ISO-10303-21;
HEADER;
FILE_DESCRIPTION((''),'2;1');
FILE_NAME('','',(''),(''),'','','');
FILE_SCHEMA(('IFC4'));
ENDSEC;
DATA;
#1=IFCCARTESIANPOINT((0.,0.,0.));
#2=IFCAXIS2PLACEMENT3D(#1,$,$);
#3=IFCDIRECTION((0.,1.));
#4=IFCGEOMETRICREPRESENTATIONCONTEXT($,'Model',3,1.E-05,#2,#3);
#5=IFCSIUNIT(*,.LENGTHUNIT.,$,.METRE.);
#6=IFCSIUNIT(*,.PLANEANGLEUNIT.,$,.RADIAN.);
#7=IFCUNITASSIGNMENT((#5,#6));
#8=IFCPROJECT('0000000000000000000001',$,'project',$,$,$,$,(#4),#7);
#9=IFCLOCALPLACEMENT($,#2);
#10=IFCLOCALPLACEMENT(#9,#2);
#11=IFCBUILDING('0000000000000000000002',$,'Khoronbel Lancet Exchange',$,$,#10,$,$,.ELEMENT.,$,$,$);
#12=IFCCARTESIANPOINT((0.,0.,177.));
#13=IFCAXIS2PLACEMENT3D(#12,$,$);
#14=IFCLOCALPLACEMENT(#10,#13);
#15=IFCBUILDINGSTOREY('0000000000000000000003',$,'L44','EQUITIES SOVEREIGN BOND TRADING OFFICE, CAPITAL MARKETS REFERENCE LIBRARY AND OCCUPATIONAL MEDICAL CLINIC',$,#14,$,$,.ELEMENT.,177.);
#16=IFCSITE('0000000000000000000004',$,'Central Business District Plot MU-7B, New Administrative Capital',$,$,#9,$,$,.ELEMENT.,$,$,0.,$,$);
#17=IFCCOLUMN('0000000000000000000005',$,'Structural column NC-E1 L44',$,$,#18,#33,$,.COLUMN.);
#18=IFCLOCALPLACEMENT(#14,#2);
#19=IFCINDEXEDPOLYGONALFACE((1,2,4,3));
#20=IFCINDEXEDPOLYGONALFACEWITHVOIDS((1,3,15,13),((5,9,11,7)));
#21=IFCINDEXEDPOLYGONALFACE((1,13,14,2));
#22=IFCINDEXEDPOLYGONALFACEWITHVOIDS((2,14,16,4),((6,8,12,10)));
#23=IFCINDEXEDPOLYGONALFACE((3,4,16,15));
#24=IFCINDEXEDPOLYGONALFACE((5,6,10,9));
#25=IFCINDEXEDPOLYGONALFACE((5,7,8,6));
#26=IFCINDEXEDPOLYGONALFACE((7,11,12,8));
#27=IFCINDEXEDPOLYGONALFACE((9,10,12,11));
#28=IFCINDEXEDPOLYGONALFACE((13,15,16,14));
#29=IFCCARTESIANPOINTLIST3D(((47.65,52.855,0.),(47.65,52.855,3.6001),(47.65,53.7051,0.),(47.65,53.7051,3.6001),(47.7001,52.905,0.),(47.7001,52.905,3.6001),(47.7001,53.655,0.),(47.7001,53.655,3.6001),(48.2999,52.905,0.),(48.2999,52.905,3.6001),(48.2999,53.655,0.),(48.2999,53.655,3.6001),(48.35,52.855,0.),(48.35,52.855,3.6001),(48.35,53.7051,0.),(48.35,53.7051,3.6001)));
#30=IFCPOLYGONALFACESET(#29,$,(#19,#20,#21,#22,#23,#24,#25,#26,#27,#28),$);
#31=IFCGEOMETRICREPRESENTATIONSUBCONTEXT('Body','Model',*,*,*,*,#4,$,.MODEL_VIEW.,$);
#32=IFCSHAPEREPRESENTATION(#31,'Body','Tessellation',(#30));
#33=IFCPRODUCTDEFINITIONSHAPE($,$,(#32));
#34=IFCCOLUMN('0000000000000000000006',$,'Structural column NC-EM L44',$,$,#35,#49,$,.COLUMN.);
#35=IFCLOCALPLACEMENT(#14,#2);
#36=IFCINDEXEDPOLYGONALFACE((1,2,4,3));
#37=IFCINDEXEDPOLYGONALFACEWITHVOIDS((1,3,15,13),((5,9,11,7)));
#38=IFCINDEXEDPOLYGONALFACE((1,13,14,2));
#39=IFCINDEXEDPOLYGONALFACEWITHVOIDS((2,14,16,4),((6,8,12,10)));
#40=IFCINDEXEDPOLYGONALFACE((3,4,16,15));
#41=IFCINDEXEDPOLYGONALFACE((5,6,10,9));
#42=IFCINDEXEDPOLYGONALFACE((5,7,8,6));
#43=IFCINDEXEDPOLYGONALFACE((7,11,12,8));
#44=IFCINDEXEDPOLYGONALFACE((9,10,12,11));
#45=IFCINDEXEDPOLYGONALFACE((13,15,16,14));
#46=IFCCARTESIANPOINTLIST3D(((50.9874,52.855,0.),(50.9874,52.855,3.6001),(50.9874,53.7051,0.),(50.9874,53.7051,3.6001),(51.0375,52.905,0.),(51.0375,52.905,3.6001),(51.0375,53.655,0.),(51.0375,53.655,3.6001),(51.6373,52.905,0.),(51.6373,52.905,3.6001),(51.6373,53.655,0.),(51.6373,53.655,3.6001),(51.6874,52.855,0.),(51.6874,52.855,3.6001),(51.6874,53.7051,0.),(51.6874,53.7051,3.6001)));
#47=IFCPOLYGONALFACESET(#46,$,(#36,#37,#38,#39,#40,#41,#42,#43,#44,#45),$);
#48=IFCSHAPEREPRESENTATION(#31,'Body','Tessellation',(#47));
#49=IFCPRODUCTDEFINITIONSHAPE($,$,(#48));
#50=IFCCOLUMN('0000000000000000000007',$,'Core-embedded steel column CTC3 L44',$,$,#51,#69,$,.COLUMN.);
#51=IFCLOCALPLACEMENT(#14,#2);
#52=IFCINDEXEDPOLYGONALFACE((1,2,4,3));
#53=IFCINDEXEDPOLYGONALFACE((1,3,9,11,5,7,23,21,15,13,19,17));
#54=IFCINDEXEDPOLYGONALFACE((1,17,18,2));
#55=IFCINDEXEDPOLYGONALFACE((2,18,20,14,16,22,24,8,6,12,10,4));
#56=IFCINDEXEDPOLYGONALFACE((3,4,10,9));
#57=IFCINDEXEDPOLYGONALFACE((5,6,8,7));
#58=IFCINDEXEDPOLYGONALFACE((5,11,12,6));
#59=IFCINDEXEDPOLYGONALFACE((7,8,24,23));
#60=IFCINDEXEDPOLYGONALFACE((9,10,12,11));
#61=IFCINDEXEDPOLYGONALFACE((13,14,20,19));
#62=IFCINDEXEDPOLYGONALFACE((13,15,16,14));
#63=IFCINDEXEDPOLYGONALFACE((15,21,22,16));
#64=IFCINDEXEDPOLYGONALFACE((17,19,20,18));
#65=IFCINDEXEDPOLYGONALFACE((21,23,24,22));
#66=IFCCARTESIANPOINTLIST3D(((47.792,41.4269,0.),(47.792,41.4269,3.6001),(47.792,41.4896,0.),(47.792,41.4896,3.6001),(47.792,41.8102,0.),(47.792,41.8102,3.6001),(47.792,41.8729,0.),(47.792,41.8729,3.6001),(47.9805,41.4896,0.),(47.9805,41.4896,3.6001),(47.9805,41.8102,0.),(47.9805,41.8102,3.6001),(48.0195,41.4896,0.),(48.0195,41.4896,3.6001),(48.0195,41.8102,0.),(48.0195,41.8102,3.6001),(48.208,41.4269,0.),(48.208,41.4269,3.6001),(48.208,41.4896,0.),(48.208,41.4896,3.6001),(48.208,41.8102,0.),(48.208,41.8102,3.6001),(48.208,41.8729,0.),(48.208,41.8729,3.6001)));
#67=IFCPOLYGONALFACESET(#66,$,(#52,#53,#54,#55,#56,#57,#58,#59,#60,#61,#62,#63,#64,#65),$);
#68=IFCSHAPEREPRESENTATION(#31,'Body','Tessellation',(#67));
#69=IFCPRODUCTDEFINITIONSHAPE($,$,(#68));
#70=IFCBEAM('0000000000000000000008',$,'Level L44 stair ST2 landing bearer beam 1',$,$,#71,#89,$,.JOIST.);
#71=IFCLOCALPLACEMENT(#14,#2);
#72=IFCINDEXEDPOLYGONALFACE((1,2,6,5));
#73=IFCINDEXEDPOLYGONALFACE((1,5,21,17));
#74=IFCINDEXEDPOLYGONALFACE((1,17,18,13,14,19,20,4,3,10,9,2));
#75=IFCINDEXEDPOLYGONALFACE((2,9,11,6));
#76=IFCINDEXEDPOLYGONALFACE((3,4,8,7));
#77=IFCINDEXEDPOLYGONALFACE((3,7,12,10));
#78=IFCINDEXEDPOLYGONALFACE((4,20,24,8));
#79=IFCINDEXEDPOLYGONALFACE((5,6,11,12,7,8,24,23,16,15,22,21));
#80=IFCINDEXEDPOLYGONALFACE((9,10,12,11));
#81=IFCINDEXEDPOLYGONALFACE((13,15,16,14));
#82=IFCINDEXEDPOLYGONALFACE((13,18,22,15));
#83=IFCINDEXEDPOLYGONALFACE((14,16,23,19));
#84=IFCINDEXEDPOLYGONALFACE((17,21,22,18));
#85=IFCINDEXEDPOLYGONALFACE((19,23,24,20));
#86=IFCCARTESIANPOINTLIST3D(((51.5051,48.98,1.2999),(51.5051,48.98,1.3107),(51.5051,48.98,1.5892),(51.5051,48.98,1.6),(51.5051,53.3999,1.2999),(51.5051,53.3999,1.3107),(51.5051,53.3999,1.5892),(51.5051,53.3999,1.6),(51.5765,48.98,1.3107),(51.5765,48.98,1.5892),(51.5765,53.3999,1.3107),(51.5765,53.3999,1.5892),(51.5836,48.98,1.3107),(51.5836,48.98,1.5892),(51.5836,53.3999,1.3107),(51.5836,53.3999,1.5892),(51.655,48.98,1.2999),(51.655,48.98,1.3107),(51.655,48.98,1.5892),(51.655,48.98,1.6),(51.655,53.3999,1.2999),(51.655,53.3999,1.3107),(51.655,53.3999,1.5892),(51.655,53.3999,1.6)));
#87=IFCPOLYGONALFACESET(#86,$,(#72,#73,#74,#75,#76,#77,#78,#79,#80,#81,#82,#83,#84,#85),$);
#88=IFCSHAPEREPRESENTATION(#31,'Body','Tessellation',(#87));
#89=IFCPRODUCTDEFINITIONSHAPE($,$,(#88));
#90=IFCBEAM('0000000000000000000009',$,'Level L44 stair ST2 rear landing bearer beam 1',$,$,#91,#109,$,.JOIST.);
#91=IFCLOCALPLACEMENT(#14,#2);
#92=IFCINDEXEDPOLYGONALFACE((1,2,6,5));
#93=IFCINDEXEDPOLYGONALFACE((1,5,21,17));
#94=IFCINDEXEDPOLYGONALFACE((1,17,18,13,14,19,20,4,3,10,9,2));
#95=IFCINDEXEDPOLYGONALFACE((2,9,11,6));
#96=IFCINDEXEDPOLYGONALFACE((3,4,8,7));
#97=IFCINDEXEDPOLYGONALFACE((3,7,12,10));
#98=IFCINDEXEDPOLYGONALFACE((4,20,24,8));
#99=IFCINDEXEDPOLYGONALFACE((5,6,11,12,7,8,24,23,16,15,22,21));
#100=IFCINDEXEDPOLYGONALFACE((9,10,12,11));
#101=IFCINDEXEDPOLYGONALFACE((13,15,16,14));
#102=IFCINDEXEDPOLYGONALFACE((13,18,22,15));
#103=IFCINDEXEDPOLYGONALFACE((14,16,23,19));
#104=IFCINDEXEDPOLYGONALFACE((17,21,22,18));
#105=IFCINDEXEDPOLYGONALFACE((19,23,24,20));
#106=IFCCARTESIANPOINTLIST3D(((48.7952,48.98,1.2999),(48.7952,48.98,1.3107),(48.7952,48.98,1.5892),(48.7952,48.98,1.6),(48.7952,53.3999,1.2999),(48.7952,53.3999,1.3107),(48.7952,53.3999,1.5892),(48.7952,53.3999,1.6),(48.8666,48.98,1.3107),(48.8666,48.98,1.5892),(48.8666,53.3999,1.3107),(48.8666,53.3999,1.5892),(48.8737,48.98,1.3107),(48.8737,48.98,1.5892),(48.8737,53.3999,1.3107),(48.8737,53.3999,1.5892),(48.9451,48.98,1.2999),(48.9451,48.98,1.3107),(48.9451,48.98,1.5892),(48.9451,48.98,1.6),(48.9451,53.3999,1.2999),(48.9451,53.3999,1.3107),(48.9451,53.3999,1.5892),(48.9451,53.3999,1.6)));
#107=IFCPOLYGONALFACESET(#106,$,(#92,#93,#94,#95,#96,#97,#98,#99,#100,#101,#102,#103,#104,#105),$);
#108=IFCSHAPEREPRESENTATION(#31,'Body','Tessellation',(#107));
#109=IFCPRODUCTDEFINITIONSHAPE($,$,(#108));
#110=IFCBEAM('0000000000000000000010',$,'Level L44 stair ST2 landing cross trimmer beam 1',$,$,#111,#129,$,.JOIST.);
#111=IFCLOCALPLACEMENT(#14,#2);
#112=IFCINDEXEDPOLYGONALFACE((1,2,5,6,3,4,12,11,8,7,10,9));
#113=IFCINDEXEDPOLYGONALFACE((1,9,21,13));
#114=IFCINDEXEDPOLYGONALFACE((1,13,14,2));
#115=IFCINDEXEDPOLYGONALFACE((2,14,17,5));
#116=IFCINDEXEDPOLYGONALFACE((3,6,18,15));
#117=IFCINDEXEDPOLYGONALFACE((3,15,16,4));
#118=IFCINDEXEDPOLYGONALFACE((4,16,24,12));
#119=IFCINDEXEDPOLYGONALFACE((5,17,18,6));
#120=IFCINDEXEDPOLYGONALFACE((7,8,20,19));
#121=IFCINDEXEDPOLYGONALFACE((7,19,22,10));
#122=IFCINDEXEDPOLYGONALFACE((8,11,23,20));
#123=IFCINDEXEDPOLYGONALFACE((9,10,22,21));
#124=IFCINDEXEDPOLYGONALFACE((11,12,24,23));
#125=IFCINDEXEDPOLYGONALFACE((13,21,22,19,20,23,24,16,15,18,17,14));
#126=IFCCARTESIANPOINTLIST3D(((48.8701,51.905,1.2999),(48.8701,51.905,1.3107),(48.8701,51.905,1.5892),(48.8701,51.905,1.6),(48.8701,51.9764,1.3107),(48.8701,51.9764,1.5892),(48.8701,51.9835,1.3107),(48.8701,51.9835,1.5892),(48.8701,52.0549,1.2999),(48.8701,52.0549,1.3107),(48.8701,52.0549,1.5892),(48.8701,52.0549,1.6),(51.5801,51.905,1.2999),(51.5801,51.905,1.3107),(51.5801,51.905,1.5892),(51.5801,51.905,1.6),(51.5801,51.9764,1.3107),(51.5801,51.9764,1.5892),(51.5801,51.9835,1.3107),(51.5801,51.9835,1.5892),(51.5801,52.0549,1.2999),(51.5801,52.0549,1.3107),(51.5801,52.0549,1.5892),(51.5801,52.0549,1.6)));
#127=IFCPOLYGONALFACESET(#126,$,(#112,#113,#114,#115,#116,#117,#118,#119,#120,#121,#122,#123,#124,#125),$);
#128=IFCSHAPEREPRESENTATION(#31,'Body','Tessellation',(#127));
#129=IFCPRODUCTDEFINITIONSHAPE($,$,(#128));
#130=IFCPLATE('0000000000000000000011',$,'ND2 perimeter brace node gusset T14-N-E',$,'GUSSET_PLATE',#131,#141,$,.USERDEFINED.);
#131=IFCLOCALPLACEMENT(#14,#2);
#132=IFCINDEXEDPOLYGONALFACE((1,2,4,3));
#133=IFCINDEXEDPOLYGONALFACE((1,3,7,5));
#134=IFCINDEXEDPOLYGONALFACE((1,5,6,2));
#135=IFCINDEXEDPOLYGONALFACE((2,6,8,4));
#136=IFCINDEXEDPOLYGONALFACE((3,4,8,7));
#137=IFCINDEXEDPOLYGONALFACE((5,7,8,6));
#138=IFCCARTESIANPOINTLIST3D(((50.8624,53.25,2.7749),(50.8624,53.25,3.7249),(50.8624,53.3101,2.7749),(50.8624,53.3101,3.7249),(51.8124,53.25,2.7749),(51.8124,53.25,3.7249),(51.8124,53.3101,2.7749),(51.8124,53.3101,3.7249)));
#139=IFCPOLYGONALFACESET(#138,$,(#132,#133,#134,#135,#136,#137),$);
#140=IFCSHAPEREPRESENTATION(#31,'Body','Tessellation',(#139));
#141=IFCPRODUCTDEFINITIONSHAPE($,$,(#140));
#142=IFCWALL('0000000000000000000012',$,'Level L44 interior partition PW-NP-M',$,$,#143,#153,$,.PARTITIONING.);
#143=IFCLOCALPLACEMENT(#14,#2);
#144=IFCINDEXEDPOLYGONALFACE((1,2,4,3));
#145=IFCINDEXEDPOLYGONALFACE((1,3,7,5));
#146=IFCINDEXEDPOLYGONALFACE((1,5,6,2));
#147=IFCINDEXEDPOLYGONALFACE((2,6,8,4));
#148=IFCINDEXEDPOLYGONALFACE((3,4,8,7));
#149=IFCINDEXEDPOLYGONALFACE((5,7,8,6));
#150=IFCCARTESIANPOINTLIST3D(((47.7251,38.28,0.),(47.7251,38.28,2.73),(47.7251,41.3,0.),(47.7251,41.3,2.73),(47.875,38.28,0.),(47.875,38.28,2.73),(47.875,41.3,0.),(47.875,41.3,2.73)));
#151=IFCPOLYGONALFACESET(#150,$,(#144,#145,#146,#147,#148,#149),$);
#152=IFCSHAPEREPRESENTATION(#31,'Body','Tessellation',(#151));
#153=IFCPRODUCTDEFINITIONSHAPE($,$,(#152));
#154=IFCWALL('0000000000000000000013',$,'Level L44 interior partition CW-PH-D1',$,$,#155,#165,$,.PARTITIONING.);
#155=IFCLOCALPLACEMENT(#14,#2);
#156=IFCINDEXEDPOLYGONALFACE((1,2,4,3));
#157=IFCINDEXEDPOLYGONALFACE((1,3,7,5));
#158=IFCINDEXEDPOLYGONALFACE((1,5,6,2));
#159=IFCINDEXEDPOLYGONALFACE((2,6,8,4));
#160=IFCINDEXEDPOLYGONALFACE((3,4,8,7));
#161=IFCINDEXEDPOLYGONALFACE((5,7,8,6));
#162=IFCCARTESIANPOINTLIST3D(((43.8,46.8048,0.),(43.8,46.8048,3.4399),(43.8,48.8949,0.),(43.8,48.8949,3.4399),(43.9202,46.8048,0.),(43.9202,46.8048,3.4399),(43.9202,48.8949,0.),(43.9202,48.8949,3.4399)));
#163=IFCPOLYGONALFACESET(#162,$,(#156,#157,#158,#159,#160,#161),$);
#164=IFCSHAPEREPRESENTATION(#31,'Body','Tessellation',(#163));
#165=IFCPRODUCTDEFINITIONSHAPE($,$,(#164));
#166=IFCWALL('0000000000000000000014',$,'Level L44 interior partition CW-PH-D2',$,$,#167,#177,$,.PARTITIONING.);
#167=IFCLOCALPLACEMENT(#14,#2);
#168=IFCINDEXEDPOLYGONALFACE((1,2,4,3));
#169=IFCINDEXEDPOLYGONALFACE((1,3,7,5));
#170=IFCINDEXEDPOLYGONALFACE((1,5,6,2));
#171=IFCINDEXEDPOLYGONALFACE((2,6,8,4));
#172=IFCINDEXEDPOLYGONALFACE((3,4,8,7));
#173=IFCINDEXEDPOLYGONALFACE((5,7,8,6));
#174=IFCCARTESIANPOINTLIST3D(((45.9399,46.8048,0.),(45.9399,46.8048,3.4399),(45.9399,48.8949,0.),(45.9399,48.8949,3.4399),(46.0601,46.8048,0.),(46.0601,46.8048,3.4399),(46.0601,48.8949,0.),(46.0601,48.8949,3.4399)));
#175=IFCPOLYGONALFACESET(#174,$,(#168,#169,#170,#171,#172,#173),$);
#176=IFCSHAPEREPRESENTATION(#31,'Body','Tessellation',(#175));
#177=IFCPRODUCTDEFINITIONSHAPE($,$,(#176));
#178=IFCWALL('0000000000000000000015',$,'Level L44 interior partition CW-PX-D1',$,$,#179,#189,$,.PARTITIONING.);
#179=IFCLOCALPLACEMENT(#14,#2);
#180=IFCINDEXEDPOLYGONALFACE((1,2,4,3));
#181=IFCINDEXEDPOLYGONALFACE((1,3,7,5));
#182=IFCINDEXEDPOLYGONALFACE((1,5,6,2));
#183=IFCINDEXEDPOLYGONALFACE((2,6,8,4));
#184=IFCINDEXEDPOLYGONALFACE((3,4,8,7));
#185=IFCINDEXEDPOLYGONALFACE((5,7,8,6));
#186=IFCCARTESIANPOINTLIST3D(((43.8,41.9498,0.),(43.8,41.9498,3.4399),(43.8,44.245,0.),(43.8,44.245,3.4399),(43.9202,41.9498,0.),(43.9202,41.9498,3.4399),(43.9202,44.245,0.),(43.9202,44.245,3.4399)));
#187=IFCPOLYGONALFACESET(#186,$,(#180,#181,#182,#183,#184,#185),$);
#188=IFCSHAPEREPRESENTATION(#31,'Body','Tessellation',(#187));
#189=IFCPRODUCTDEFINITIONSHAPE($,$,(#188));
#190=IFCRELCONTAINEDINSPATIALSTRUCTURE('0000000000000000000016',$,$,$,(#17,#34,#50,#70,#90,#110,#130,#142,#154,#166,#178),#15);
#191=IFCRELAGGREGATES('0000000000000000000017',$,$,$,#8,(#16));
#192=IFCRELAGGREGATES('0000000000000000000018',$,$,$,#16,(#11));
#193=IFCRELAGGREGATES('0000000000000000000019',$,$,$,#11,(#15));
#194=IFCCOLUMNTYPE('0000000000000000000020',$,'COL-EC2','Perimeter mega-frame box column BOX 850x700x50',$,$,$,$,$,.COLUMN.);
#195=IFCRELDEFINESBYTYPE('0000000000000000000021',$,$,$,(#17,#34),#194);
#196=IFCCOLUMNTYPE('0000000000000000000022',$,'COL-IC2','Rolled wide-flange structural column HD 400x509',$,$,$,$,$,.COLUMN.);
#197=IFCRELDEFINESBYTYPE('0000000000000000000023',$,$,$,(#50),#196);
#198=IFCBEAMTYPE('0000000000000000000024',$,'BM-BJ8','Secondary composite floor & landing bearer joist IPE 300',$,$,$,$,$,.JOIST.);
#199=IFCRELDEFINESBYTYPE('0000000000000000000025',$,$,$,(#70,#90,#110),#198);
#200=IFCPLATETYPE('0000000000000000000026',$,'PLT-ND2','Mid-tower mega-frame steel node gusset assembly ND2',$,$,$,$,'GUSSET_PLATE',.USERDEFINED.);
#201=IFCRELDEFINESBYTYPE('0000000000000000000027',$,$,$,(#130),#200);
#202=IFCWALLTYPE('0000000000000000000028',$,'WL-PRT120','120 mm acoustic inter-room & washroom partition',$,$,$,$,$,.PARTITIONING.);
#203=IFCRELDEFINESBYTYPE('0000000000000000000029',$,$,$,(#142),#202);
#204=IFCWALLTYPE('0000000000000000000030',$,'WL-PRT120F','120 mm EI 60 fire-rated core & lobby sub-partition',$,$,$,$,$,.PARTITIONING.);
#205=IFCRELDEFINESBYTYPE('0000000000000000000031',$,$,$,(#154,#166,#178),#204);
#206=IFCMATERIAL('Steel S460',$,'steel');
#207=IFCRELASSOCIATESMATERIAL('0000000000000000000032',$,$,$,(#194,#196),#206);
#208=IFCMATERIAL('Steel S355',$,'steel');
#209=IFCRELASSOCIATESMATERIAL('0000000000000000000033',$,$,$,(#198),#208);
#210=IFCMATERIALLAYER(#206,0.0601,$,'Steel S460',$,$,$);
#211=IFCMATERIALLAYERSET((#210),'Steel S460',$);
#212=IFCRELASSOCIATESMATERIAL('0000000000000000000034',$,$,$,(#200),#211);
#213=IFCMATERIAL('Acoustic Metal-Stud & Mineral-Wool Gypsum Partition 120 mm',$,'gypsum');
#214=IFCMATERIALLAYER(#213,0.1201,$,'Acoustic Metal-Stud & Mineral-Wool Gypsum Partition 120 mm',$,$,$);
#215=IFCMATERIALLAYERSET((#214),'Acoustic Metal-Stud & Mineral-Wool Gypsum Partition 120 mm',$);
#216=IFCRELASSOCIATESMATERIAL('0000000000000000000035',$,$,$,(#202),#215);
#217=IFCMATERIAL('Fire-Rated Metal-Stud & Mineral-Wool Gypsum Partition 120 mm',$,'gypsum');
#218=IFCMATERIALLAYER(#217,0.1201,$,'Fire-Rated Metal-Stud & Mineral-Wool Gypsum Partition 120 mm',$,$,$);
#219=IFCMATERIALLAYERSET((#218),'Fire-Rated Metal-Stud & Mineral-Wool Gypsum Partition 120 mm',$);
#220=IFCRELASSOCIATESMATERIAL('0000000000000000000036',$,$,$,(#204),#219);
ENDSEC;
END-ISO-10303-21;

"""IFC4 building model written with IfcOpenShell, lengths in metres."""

from ifc_helpers import new_model, si_unit, direction, frame, frame_2d, origin, origin_2d, place, context, subcontext, project, spatial, rectangle, hollow_rectangle, i_section, extrude, material, layer, layer_set, material_profile, profile_set, type_object, element, save


model = new_model("IFC4")

# Units and contexts
model_context = context("Model", 3, precision=1e-05, world=origin(), true_north=direction((0.0, 1.0)))
body_context = subcontext(model_context, "Body", "Model", "MODEL_VIEW")
ifc_project = project(units=[si_unit("LENGTHUNIT", "METRE"), si_unit("PLANEANGLEUNIT", "RADIAN")], contexts=[model_context])

# Site, building, storey
site_placement = place(None, origin())
site = spatial("IfcSite", under=ifc_project, at=site_placement, Name="Central Business District Plot MU-7B, New Administrative Capital", CompositionType="ELEMENT", RefElevation=0.0)
building_placement = place(site_placement, origin())
building = spatial("IfcBuilding", under=site, at=building_placement, Name="Khoronbel Lancet Exchange", CompositionType="ELEMENT")
storey_placement = place(building_placement, frame((0.0, 0.0, 177.0)))
storey = spatial("IfcBuildingStorey", under=building, at=storey_placement, Name="L44", Description="EQUITIES SOVEREIGN BOND TRADING OFFICE, CAPITAL MARKETS REFERENCE LIBRARY AND OCCUPATIONAL MEDICAL CLINIC", CompositionType="ELEMENT", Elevation=177.0)

# Columns
ifc_material_1 = material(Name="Steel S460", Category="steel")
ifc_material_profile_1 = material_profile(ifc_material_1, hollow_rectangle(XDim=0.7, YDim=0.8501, WallThickness=0.05, at=origin_2d()), Name="BOX 850x700x50")
ifc_profile_set_1 = profile_set([ifc_material_profile_1], Name="Steel S460")
column_type_1 = type_object("IfcColumnType", Name="COL-EC2", Description="Perimeter mega-frame box column BOX 850x700x50", PredefinedType="COLUMN", material=ifc_profile_set_1)
for number, where, z_axis, x_axis, name in (
    (1, (48.0, 53.28, 0.0), (0.0, 0.0, 1.0), (1.0, 0.0, 0.0), "Structural column NC-E1 L44"),
    (2, (51.3374, 53.28, 0.0), (0.0, 0.0, 1.0), (1.0, 0.0, 0.0), "Structural column NC-EM L44"),
):
    element("IfcColumn", number, at=place(storey_placement, frame(where, z_axis=z_axis, x_axis=x_axis)), inside=storey, type_object=column_type_1, Name=name, PredefinedType="COLUMN", context=body_context, shape_type="SweptSolid", body=[
        extrude(hollow_rectangle(XDim=0.7, YDim=0.8501, WallThickness=0.05, at=origin_2d()), origin(), (0.0, 0.0, 1.0), 3.6001),
    ])
ifc_material_profile_2 = material_profile(ifc_material_1, i_section(OverallWidth=0.416, OverallDepth=0.446, WebThickness=0.0391, FlangeThickness=0.0627, at=origin_2d()), Name="HD 400x509")
ifc_profile_set_2 = profile_set([ifc_material_profile_2], Name="Steel S460")
column_type_2 = type_object("IfcColumnType", Name="COL-IC2", Description="Rolled wide-flange structural column HD 400x509", PredefinedType="COLUMN", material=ifc_profile_set_2)
column_placement = place(storey_placement, frame((48.0, 41.6499, 0.0), z_axis=(0.0, 0.0, 1.0), x_axis=(1.0, 0.0, 0.0)))
element("IfcColumn", 3, at=column_placement, inside=storey, type_object=column_type_2, Name="Core-embedded steel column CTC3 L44", PredefinedType="COLUMN", context=body_context, shape_type="SweptSolid", body=[
    extrude(i_section(OverallWidth=0.416, OverallDepth=0.446, WebThickness=0.0391, FlangeThickness=0.0627, at=origin_2d()), origin(), (0.0, 0.0, 1.0), 3.6001),
])

# Beams
ifc_material_2 = material(Name="Steel S355", Category="steel")
ifc_material_profile_3 = material_profile(ifc_material_2, i_section(OverallWidth=0.1499, OverallDepth=0.3, WebThickness=0.0071, FlangeThickness=0.0107, at=origin_2d()), Name="IPE 300")
ifc_profile_set_3 = profile_set([ifc_material_profile_3], Name="Steel S355")
beam_type = type_object("IfcBeamType", Name="BM-BJ8", Description="Secondary composite floor & landing bearer joist IPE 300", PredefinedType="JOIST", material=ifc_profile_set_3)
for number, where, z_axis, x_axis, name in (
    (4, (51.5801, 48.98, 1.45), (0.0, 1.0, 0.0), (-1.0, 0.0, 0.0), "Level L44 stair ST2 landing bearer beam 1"),
    (5, (48.8701, 48.98, 1.45), (0.0, 1.0, 0.0), (-1.0, 0.0, 0.0), "Level L44 stair ST2 rear landing bearer beam 1"),
):
    element("IfcBeam", number, at=place(storey_placement, frame(where, z_axis=z_axis, x_axis=x_axis)), inside=storey, type_object=beam_type, Name=name, PredefinedType="JOIST", context=body_context, shape_type="SweptSolid", body=[
        extrude(i_section(OverallWidth=0.1499, OverallDepth=0.3, WebThickness=0.0071, FlangeThickness=0.0107, at=origin_2d()), origin(), (0.0, 0.0, 1.0), 4.4199),
    ])
beam_placement = place(storey_placement, frame((48.8701, 51.98, 1.45), z_axis=(1.0, 0.0, 0.0), x_axis=(0.0, 1.0, 0.0)))
element("IfcBeam", 6, at=beam_placement, inside=storey, type_object=beam_type, Name="Level L44 stair ST2 landing cross trimmer beam 1", PredefinedType="JOIST", context=body_context, shape_type="SweptSolid", body=[
    extrude(i_section(OverallWidth=0.1499, OverallDepth=0.3, WebThickness=0.0071, FlangeThickness=0.0107, at=origin_2d()), origin(), (0.0, 0.0, 1.0), 2.71),
])

# Plate
ifc_layer_1 = layer(ifc_material_1, 0.0601, Name="Steel S460")
ifc_layer_set_1 = layer_set([ifc_layer_1], Name="Steel S460")
plate_type = type_object("IfcPlateType", Name="PLT-ND2", Description="Mid-tower mega-frame steel node gusset assembly ND2", ElementType="GUSSET_PLATE", PredefinedType="USERDEFINED", material=ifc_layer_set_1)
plate_placement = place(storey_placement, frame((51.3374, 53.28, 2.7749), z_axis=(0.0, 0.0, 1.0), x_axis=(1.0, 0.0, 0.0)))
element("IfcPlate", 7, at=plate_placement, inside=storey, type_object=plate_type, Name="ND2 perimeter brace node gusset T14-N-E", ObjectType="GUSSET_PLATE", PredefinedType="USERDEFINED", context=body_context, shape_type="SweptSolid", body=[
    extrude(rectangle(XDim=0.95, YDim=0.0601, at=origin_2d()), origin(), (0.0, 0.0, 1.0), 0.95),
])

# Walls
ifc_material_3 = material(Name="Acoustic Metal-Stud & Mineral-Wool Gypsum Partition 120 mm", Category="gypsum")
ifc_layer_2 = layer(ifc_material_3, 0.1201, Name="Acoustic Metal-Stud & Mineral-Wool Gypsum Partition 120 mm")
ifc_layer_set_2 = layer_set([ifc_layer_2], Name="Acoustic Metal-Stud & Mineral-Wool Gypsum Partition 120 mm")
wall_type_1 = type_object("IfcWallType", Name="WL-PRT120", Description="120 mm acoustic inter-room & washroom partition", PredefinedType="PARTITIONING", material=ifc_layer_set_2)
wall_1_placement = place(storey_placement, frame((47.8, 38.28, 0.0), z_axis=(0.0, 0.0, 1.0), x_axis=(0.0, 1.0, 0.0)))
element("IfcWall", 8, at=wall_1_placement, inside=storey, type_object=wall_type_1, Name="Level L44 interior partition PW-NP-M", PredefinedType="PARTITIONING", context=body_context, shape_type="SweptSolid", body=[
    extrude(rectangle(XDim=3.02, YDim=0.1499, at=frame_2d((1.51, 0.0))), origin(), (0.0, 0.0, 1.0), 2.73),
])
ifc_material_4 = material(Name="Fire-Rated Metal-Stud & Mineral-Wool Gypsum Partition 120 mm", Category="gypsum")
ifc_layer_3 = layer(ifc_material_4, 0.1201, Name="Fire-Rated Metal-Stud & Mineral-Wool Gypsum Partition 120 mm")
ifc_layer_set_3 = layer_set([ifc_layer_3], Name="Fire-Rated Metal-Stud & Mineral-Wool Gypsum Partition 120 mm")
wall_type_2 = type_object("IfcWallType", Name="WL-PRT120F", Description="120 mm EI 60 fire-rated core & lobby sub-partition", PredefinedType="PARTITIONING", material=ifc_layer_set_3)
for number, where, z_axis, x_axis, name in (
    (9, (43.8601, 46.8049, 0.0), (0.0, 0.0, 1.0), (0.0, 1.0, 0.0), "Level L44 interior partition CW-PH-D1"),
    (10, (46.0, 46.8049, 0.0), (0.0, 0.0, 1.0), (0.0, 1.0, 0.0), "Level L44 interior partition CW-PH-D2"),
):
    element("IfcWall", number, at=place(storey_placement, frame(where, z_axis=z_axis, x_axis=x_axis)), inside=storey, type_object=wall_type_2, Name=name, PredefinedType="PARTITIONING", context=body_context, shape_type="SweptSolid", body=[
        extrude(rectangle(XDim=2.0901, YDim=0.1201, at=frame_2d((1.0449, 0.0))), origin(), (0.0, 0.0, 1.0), 3.4399),
    ])
for number, where, z_axis, x_axis, name in (
    (11, (43.8601, 41.95, 0.0), (0.0, 0.0, 1.0), (0.0, 1.0, 0.0), "Level L44 interior partition CW-PX-D1"),
):
    element("IfcWall", number, at=place(storey_placement, frame(where, z_axis=z_axis, x_axis=x_axis)), inside=storey, type_object=wall_type_2, Name=name, PredefinedType="PARTITIONING", context=body_context, shape_type="SweptSolid", body=[
        extrude(rectangle(XDim=2.2952, YDim=0.1201, at=frame_2d((1.1475, 0.0))), origin(), (0.0, 0.0, 1.0), 3.4399),
    ])

save(model, "model.ifc")
